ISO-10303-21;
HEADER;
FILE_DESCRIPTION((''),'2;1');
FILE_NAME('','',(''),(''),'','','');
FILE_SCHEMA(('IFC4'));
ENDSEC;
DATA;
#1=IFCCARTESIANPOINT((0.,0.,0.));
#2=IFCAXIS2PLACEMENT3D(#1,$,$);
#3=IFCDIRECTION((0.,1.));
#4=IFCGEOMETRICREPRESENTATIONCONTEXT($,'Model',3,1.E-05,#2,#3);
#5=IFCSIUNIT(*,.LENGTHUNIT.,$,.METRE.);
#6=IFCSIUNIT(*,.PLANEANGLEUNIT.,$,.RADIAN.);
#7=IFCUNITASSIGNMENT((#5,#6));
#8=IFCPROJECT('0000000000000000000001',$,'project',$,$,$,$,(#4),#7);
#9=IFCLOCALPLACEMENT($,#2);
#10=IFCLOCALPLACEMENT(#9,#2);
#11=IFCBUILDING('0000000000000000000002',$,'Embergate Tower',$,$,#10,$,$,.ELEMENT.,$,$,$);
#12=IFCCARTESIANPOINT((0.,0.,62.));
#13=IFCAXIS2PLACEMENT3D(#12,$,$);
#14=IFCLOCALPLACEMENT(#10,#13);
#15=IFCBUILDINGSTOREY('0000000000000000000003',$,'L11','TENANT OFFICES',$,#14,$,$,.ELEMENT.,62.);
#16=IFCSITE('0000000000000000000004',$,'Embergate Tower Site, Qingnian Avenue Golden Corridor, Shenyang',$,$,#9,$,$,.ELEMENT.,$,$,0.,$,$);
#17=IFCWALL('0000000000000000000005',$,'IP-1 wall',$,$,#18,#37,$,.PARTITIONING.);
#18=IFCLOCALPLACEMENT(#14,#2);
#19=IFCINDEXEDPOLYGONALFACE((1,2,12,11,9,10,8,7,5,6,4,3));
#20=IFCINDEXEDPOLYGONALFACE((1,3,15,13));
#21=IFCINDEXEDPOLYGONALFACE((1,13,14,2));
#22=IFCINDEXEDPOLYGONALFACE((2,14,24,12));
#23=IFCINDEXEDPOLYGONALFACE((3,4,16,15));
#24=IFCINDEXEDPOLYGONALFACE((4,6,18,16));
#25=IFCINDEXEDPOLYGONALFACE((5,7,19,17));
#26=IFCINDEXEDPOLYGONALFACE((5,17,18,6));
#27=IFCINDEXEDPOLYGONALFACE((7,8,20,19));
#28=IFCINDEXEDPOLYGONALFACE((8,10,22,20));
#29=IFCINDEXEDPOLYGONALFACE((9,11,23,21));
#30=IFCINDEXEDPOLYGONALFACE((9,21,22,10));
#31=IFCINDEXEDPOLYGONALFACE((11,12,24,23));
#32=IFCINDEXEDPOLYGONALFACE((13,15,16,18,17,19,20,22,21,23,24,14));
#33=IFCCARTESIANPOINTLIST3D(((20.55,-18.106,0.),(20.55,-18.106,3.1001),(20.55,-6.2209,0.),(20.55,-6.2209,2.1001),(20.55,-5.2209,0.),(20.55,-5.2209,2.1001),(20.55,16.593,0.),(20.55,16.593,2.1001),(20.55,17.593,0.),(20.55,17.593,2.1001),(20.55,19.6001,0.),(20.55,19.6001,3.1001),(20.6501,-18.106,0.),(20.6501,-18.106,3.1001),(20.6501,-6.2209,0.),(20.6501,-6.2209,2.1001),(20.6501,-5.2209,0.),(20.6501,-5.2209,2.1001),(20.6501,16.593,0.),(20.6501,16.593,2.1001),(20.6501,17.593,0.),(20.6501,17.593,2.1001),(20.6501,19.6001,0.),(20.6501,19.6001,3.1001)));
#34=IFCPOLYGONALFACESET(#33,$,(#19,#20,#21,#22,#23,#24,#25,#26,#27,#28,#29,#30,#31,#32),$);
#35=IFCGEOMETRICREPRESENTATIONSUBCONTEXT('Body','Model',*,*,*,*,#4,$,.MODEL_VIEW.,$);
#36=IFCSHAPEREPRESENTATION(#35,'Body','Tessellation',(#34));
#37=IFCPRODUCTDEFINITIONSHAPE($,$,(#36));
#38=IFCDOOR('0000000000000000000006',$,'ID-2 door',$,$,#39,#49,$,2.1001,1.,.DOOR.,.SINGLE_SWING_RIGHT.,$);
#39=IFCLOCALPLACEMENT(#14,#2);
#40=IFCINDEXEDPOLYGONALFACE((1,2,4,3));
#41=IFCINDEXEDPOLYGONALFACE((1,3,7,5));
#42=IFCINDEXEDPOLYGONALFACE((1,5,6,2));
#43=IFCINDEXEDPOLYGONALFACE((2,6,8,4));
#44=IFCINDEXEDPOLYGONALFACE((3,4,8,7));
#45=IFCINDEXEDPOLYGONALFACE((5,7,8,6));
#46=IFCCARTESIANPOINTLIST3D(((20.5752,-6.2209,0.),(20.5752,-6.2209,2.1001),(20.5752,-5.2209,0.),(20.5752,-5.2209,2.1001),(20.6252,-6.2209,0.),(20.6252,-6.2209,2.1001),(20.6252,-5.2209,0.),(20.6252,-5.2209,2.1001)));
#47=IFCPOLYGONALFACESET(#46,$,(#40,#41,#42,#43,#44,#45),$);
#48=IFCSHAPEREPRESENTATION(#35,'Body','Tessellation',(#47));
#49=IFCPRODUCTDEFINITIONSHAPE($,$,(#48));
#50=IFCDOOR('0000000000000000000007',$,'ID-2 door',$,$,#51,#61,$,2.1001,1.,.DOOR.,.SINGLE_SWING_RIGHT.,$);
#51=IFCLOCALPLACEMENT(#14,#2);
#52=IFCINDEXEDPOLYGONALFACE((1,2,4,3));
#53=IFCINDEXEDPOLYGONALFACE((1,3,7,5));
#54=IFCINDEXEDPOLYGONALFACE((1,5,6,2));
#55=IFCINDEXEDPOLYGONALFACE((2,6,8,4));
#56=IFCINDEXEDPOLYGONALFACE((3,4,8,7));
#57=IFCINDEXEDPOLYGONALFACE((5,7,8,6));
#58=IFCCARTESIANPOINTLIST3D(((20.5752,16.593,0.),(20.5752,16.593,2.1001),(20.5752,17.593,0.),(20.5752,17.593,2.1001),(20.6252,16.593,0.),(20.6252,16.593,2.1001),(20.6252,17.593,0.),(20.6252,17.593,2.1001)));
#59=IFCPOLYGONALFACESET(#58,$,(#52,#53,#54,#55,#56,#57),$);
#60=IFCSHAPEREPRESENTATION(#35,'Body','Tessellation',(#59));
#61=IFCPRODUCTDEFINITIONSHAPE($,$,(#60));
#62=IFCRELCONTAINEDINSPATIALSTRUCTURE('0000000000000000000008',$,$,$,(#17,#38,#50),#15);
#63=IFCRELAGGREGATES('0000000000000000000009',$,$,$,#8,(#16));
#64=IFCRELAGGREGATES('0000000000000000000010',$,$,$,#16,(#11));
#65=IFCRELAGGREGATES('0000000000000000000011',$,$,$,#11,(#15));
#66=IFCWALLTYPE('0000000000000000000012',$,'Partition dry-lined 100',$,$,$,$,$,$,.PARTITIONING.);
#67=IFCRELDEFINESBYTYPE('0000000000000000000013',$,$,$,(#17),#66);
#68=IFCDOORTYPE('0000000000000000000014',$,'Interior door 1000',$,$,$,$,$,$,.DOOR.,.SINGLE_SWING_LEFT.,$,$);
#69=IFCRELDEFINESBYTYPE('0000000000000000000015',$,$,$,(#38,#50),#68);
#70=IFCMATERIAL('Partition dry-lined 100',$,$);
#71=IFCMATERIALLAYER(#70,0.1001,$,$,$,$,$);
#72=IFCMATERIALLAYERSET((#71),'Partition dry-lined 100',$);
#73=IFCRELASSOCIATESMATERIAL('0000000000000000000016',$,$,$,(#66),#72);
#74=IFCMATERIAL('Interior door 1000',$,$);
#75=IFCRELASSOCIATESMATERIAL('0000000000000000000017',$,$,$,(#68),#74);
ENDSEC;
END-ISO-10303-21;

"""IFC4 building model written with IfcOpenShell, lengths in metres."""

from ifc_helpers import new_model, si_unit, direction, frame, frame_2d, origin, place, context, subcontext, project, spatial, rectangle, extrude, source, transform, mapped, material, layer, layer_set, type_object, element, fill, save


model = new_model("IFC4")

# Units and contexts
model_context = context("Model", 3, precision=1e-05, world=origin(), true_north=direction((0.0, 1.0)))
body_context = subcontext(model_context, "Body", "Model", "MODEL_VIEW")
ifc_project = project(units=[si_unit("LENGTHUNIT", "METRE"), si_unit("PLANEANGLEUNIT", "RADIAN")], contexts=[model_context])

# Site, building, storey
site_placement = place(None, origin())
site = spatial("IfcSite", under=ifc_project, at=site_placement, Name="Embergate Tower Site, Qingnian Avenue Golden Corridor, Shenyang", CompositionType="ELEMENT", RefElevation=0.0)
building_placement = place(site_placement, origin())
building = spatial("IfcBuilding", under=site, at=building_placement, Name="Embergate Tower", CompositionType="ELEMENT")
storey_placement = place(building_placement, frame((0.0, 0.0, 62.0)))
storey = spatial("IfcBuildingStorey", under=building, at=storey_placement, Name="L11", Description="TENANT OFFICES", CompositionType="ELEMENT", Elevation=62.0)

# Wall, openings, doors
ifc_material_1 = material(Name="Partition dry-lined 100")
ifc_layer_1 = layer(ifc_material_1, 0.1001)
ifc_layer_set_1 = layer_set([ifc_layer_1], Name="Partition dry-lined 100")
wall_type = type_object("IfcWallType", Name="Partition dry-lined 100", PredefinedType="PARTITIONING", material=ifc_layer_set_1)
shared_shape_1 = source(origin(), body_context, "Body", "SweptSolid", [
    extrude(rectangle(XDim=37.7061, YDim=0.1001, at=frame_2d((18.853, 0.0))), origin(), (0.0, 0.0, 1.0), 3.1001),
])
wall_placement = place(storey_placement, frame((20.6001, -18.106, 0.0), z_axis=(0.0, 0.0, 1.0), x_axis=(0.0, 1.0, 0.0)))
wall = element("IfcWall", 1, at=wall_placement, inside=storey, type_object=wall_type, Name="IP-1 wall", PredefinedType="PARTITIONING", context=body_context, shape_type="MappedRepresentation", body=[
    mapped(shared_shape_1, transform((0.0, 0.0, 0.0))),
])
shared_shape_2 = source(origin(), body_context, "Body", "SweptSolid", [
    extrude(rectangle(XDim=1.0, YDim=2.1001, at=frame_2d((0.5, 1.05))), frame((0.0, 0.0601, 0.0), z_axis=(0.0, -1.0, 0.0), x_axis=(1.0, 0.0, 0.0)), (0.0, 0.0, 1.0), 0.1201),
])
opening_1_placement = place(wall_placement, frame((11.885, 0.0, 0.0)))
opening_1 = element("IfcOpeningElement", 2, at=opening_1_placement, cuts=wall, PredefinedType="OPENING", context=body_context, shape_type="MappedRepresentation", body=[
    mapped(shared_shape_2, transform((0.0, 0.0, 0.0))),
])
opening_2_placement = place(wall_placement, frame((34.699, 0.0, 0.0)))
opening_2 = element("IfcOpeningElement", 3, at=opening_2_placement, cuts=wall, PredefinedType="OPENING", context=body_context, shape_type="MappedRepresentation", body=[
    mapped(shared_shape_2, transform((0.0, 0.0, 0.0))),
])
ifc_material_2 = material(Name="Interior door 1000")
door_type = type_object("IfcDoorType", Name="Interior door 1000", OperationType="SINGLE_SWING_LEFT", PredefinedType="DOOR", material=ifc_material_2)
shared_shape_3 = source(origin(), body_context, "Body", "SweptSolid", [
    extrude(rectangle(XDim=1.0, YDim=2.1001, at=frame_2d((0.5, 1.05))), frame((0.0, 0.0249, 0.0), z_axis=(0.0, -1.0, 0.0), x_axis=(1.0, 0.0, 0.0)), (0.0, 0.0, 1.0), 0.05),
])
door_1_placement = place(opening_1_placement, origin())
door_1 = element("IfcDoor", 4, at=door_1_placement, inside=storey, type_object=door_type, Name="ID-2 door", OperationType="SINGLE_SWING_RIGHT", OverallHeight=2.1001, OverallWidth=1.0, PredefinedType="DOOR", context=body_context, shape_type="MappedRepresentation", body=[
    mapped(shared_shape_3, transform((0.0, 0.0, 0.0))),
])
fill(opening_1, door_1)
door_2_placement = place(opening_2_placement, origin())
door_2 = element("IfcDoor", 5, at=door_2_placement, inside=storey, type_object=door_type, Name="ID-2 door", OperationType="SINGLE_SWING_RIGHT", OverallHeight=2.1001, OverallWidth=1.0, PredefinedType="DOOR", context=body_context, shape_type="MappedRepresentation", body=[
    mapped(shared_shape_3, transform((0.0, 0.0, 0.0))),
])
fill(opening_2, door_2)

save(model, "model.ifc")
